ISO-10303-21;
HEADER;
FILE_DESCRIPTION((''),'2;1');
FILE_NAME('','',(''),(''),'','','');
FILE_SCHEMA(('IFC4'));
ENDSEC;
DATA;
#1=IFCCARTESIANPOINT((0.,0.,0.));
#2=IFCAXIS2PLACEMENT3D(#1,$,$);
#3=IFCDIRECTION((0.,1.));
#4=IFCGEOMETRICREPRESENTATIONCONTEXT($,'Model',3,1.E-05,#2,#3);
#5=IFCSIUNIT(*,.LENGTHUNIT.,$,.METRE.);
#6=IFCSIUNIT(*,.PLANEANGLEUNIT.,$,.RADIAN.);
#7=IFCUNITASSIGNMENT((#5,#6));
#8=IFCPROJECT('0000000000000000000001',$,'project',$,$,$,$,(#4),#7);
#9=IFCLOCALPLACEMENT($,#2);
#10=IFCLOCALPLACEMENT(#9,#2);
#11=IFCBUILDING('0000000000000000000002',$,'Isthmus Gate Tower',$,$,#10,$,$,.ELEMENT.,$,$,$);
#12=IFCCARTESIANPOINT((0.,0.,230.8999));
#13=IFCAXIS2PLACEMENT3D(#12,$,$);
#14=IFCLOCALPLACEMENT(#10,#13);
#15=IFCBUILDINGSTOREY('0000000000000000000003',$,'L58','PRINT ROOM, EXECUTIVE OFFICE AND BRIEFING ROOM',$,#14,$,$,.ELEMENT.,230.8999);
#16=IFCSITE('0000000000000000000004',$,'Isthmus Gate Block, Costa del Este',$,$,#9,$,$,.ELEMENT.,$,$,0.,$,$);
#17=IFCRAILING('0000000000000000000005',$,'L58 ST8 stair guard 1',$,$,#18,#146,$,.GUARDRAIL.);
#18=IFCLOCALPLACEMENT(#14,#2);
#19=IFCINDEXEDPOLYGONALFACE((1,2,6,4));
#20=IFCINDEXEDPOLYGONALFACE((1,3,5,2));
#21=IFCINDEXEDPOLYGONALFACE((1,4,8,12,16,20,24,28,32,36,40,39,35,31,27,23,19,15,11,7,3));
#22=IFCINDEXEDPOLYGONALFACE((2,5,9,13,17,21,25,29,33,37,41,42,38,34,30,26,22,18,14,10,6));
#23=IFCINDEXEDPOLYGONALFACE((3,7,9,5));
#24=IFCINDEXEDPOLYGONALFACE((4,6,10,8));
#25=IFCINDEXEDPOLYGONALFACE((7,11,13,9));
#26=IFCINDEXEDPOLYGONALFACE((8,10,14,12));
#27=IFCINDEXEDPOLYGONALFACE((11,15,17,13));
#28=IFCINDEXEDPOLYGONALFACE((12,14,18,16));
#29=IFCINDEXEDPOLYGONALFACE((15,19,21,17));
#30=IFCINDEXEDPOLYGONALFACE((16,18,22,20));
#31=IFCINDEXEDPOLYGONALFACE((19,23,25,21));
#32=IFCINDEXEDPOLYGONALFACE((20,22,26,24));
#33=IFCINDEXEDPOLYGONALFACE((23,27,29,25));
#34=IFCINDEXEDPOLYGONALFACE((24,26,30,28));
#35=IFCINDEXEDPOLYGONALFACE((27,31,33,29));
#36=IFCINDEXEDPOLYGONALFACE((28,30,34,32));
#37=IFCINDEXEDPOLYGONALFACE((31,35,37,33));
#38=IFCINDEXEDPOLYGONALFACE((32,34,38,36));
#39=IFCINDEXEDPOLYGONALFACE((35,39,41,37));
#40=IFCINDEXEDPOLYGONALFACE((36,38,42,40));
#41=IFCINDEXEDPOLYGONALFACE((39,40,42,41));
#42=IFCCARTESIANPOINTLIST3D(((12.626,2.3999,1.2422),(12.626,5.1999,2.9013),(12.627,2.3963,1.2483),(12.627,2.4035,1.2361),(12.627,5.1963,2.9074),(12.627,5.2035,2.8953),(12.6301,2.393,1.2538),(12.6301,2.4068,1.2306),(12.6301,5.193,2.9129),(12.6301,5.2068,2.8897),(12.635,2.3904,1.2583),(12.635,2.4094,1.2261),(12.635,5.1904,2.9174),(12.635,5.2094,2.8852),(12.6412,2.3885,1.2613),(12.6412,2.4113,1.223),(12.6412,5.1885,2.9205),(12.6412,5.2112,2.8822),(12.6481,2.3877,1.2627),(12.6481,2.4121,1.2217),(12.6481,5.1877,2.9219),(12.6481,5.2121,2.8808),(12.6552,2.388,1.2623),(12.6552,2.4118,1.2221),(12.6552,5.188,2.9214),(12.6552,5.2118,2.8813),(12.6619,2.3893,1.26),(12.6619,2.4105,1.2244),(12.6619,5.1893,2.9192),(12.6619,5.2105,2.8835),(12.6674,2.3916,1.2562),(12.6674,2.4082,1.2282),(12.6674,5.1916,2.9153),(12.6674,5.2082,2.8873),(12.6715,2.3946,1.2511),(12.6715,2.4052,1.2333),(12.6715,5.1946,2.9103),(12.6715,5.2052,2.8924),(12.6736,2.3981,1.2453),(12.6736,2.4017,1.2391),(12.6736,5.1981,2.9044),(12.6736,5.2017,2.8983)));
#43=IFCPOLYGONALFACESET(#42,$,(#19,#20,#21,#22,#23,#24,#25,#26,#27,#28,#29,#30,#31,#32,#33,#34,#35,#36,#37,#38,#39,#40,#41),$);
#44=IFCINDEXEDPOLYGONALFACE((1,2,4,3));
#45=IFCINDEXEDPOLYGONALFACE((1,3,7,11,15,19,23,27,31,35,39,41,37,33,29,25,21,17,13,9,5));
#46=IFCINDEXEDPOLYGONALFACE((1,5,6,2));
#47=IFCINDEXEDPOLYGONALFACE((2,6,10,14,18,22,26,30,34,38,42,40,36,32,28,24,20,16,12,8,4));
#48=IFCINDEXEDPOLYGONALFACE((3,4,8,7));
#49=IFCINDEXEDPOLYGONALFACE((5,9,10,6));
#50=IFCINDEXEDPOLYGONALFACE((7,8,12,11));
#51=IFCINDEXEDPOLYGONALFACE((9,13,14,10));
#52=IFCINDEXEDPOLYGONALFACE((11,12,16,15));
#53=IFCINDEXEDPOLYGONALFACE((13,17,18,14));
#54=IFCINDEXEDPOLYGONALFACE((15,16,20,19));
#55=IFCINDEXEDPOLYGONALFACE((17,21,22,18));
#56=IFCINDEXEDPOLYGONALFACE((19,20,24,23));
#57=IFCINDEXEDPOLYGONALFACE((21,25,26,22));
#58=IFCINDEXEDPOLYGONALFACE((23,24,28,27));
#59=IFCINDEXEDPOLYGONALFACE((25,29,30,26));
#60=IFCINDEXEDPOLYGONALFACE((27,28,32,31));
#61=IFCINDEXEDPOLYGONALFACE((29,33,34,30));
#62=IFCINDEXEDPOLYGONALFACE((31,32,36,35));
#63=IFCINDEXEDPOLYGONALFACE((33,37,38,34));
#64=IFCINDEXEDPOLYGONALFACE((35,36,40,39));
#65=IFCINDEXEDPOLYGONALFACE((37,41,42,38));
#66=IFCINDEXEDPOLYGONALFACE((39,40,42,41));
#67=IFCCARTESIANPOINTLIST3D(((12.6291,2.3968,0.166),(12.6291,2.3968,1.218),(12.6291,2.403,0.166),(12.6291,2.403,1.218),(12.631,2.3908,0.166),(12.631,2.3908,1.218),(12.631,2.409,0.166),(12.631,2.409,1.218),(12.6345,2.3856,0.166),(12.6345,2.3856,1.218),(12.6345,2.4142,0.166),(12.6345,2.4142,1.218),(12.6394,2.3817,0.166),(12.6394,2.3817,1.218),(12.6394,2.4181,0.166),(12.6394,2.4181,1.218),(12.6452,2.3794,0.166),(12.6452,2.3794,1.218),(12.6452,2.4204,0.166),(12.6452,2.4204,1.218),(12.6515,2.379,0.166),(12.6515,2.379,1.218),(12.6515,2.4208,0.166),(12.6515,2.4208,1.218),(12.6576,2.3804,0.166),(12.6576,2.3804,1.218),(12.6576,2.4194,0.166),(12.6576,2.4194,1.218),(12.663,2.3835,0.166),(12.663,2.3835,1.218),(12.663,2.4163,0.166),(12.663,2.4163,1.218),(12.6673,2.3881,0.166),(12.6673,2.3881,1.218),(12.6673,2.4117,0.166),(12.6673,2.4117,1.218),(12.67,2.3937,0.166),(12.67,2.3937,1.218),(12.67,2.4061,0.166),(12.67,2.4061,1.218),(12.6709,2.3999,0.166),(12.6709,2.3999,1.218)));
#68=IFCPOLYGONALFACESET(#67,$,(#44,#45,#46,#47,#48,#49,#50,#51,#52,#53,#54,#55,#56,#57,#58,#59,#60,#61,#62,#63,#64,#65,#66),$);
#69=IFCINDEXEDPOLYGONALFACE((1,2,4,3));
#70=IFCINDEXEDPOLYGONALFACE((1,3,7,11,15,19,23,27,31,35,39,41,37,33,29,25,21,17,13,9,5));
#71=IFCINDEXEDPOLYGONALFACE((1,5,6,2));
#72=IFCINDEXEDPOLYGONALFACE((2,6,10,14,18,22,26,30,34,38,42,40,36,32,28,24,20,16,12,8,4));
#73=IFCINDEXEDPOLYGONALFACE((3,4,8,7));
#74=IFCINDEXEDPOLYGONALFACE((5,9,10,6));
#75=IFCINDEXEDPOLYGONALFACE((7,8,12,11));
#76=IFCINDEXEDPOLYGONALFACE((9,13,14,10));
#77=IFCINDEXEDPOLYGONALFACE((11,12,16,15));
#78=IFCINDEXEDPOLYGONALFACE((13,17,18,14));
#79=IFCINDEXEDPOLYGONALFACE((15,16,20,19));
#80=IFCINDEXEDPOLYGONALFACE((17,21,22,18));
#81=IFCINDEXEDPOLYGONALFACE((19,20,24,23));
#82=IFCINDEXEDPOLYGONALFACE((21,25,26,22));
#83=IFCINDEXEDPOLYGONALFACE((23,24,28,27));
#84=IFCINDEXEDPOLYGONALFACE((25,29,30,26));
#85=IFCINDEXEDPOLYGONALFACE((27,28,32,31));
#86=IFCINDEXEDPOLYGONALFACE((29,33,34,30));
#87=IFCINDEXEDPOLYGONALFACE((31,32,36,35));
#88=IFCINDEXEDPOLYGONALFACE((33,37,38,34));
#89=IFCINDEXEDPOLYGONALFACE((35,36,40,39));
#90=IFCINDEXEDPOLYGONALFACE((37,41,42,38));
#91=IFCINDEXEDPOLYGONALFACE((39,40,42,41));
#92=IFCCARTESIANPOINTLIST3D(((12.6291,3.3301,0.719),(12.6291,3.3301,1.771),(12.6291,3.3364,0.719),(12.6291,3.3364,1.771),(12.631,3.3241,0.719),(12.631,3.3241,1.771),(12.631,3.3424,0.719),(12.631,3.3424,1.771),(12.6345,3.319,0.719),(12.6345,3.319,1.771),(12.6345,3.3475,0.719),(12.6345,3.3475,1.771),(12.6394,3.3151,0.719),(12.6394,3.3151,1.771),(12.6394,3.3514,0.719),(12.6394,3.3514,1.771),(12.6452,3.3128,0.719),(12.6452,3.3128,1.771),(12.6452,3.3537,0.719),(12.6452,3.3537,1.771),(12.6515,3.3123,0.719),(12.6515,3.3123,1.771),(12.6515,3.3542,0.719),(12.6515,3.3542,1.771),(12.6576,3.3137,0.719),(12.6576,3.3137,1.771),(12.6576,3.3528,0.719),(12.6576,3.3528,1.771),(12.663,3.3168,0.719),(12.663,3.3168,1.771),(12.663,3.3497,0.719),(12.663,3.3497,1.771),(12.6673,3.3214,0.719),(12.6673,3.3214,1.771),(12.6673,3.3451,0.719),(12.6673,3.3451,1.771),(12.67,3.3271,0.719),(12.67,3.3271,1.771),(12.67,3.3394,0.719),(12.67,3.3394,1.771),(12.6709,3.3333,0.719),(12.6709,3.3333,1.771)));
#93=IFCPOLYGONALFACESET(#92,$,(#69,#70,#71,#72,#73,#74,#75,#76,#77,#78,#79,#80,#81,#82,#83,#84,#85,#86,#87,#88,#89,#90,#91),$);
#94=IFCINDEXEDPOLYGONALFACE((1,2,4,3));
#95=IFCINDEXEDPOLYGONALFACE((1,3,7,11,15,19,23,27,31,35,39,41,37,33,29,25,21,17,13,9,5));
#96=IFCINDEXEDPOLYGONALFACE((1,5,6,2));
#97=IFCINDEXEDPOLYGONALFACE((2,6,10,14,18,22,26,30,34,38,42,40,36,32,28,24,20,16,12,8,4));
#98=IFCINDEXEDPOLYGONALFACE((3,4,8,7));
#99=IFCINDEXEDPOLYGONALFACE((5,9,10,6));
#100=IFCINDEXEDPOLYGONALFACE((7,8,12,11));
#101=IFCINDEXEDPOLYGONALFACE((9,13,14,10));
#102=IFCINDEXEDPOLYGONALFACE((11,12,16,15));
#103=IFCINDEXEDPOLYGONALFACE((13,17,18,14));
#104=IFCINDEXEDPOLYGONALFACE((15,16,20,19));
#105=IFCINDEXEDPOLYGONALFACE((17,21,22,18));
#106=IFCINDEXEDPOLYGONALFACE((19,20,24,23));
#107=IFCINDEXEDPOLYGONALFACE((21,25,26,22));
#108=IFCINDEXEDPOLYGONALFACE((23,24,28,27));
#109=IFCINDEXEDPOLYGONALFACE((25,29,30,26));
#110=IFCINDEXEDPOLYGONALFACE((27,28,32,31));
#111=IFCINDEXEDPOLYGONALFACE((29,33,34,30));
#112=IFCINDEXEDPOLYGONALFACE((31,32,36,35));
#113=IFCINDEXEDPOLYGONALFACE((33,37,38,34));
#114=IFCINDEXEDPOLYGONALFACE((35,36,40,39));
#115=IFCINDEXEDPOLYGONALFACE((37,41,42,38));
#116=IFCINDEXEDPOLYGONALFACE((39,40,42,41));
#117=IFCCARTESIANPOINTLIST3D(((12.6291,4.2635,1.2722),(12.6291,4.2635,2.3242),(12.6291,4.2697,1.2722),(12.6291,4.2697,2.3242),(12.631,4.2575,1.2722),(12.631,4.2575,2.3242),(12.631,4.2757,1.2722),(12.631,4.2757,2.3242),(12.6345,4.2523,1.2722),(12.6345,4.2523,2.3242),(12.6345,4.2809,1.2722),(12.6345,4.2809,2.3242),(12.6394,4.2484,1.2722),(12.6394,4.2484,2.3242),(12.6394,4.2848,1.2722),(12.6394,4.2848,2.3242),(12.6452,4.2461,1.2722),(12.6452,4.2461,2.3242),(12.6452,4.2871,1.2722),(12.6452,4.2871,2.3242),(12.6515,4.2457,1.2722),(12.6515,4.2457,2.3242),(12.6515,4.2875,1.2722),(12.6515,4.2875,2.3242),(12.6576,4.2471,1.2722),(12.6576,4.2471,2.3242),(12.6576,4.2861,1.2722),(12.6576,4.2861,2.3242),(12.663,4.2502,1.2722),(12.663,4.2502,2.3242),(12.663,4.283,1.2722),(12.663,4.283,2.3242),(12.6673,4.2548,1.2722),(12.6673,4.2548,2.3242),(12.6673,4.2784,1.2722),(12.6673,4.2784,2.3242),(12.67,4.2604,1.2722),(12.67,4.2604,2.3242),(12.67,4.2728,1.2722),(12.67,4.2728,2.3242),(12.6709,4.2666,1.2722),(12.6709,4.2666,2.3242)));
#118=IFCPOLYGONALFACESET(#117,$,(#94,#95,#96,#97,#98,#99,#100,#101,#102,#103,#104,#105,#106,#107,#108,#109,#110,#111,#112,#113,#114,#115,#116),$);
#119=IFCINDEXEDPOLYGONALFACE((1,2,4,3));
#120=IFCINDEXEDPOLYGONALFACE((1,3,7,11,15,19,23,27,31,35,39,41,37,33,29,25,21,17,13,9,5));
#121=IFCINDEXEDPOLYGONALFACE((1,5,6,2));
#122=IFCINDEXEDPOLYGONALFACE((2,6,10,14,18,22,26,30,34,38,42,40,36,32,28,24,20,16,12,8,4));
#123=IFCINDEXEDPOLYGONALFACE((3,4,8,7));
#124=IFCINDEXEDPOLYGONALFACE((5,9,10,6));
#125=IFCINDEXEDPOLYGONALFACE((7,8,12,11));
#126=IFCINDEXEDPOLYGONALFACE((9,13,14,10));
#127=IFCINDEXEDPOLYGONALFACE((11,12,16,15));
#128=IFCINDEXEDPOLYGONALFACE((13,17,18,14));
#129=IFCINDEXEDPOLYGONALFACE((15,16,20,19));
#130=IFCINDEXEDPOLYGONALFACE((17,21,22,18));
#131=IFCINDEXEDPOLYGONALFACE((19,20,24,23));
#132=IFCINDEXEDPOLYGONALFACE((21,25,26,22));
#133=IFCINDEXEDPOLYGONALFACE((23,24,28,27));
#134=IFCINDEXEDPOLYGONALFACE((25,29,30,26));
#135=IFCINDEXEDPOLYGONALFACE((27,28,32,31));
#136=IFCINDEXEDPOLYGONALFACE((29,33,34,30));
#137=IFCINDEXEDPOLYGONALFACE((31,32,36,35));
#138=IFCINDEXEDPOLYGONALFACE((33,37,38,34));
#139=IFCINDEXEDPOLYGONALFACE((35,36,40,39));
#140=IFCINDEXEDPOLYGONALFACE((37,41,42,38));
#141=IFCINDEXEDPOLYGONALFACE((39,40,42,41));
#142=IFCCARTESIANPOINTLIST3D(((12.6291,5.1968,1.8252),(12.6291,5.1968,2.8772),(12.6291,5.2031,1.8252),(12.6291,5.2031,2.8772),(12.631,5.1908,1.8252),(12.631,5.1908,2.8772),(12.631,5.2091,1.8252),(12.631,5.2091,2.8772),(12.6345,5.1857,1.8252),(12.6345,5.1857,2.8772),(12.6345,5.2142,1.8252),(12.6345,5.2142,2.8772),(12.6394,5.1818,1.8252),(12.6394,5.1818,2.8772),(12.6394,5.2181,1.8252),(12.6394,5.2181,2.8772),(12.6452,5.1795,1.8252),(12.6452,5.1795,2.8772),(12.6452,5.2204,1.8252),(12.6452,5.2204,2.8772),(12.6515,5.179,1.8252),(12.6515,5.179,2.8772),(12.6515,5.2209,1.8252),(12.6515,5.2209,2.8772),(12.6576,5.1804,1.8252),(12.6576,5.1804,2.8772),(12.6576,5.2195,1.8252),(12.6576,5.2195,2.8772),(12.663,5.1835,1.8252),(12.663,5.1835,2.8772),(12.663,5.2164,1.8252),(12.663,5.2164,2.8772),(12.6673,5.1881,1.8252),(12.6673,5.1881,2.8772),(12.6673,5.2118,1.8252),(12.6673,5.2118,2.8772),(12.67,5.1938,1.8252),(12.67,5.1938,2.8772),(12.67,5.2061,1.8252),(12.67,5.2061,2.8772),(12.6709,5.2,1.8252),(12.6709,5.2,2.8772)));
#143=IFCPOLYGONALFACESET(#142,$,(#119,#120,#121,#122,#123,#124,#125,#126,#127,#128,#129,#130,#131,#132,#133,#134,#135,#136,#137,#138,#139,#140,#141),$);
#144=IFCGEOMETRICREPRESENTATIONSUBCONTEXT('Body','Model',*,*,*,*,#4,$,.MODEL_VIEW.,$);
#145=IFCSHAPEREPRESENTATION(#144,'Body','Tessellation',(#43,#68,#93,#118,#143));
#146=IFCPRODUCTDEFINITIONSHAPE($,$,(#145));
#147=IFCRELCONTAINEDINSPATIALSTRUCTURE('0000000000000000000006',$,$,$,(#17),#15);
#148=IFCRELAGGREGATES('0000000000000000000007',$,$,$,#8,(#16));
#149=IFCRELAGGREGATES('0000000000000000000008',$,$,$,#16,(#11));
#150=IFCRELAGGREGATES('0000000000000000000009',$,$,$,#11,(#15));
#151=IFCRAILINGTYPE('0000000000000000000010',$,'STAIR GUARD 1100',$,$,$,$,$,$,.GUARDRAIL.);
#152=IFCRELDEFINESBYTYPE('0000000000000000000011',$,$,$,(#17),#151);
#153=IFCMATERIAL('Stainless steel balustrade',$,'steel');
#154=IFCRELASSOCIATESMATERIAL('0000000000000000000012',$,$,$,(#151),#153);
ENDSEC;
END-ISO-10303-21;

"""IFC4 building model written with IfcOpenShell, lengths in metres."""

from ifc_helpers import new_model, si_unit, direction, frame, origin, origin_2d, place, context, subcontext, project, spatial, circle, extrude, material, type_object, element, save


model = new_model("IFC4")

# Units and contexts
model_context = context("Model", 3, precision=1e-05, world=origin(), true_north=direction((0.0, 1.0)))
body_context = subcontext(model_context, "Body", "Model", "MODEL_VIEW")
ifc_project = project(units=[si_unit("LENGTHUNIT", "METRE"), si_unit("PLANEANGLEUNIT", "RADIAN")], contexts=[model_context])

# Site, building, storey
site_placement = place(None, origin())
site = spatial("IfcSite", under=ifc_project, at=site_placement, Name="Isthmus Gate Block, Costa del Este", CompositionType="ELEMENT", RefElevation=0.0)
building_placement = place(site_placement, origin())
building = spatial("IfcBuilding", under=site, at=building_placement, Name="Isthmus Gate Tower", CompositionType="ELEMENT")
storey_placement = place(building_placement, frame((0.0, 0.0, 230.8999)))
storey = spatial("IfcBuildingStorey", under=building, at=storey_placement, Name="L58", Description="PRINT ROOM, EXECUTIVE OFFICE AND BRIEFING ROOM", CompositionType="ELEMENT", Elevation=230.8999)

# Railing
ifc_material_1 = material(Name="Stainless steel balustrade", Category="steel")
railing_type_1 = type_object("IfcRailingType", Name="STAIR GUARD 1100", PredefinedType="GUARDRAIL", material=ifc_material_1)
railing_1_placement = place(storey_placement, frame((12.6499, 2.3999, 0.166)))
element("IfcRailing", 1, at=railing_1_placement, inside=storey, type_object=railing_type_1, Name="L58 ST8 stair guard 1", PredefinedType="GUARDRAIL", context=body_context, shape_type="SweptSolid", body=[
    extrude(circle(Radius=0.0239, at=origin_2d()), frame((0.0, 0.0, 1.0762), z_axis=(0.0, 0.860306, 0.509778), x_axis=(-1.0, 0.0, 0.0)), (0.0, 0.0, 1.0), 3.2546),
    extrude(circle(Radius=0.021, at=origin_2d()), origin(), (0.0, 0.0, 1.0), 1.052),
    extrude(circle(Radius=0.021, at=origin_2d()), frame((0.0, 0.9333, 0.553)), (0.0, 0.0, 1.0), 1.052),
    extrude(circle(Radius=0.021, at=origin_2d()), frame((0.0, 1.8667, 1.1062)), (0.0, 0.0, 1.0), 1.052),
    extrude(circle(Radius=0.021, at=origin_2d()), frame((0.0, 2.8, 1.6592)), (0.0, 0.0, 1.0), 1.052),
])

save(model, "model.ifc")
